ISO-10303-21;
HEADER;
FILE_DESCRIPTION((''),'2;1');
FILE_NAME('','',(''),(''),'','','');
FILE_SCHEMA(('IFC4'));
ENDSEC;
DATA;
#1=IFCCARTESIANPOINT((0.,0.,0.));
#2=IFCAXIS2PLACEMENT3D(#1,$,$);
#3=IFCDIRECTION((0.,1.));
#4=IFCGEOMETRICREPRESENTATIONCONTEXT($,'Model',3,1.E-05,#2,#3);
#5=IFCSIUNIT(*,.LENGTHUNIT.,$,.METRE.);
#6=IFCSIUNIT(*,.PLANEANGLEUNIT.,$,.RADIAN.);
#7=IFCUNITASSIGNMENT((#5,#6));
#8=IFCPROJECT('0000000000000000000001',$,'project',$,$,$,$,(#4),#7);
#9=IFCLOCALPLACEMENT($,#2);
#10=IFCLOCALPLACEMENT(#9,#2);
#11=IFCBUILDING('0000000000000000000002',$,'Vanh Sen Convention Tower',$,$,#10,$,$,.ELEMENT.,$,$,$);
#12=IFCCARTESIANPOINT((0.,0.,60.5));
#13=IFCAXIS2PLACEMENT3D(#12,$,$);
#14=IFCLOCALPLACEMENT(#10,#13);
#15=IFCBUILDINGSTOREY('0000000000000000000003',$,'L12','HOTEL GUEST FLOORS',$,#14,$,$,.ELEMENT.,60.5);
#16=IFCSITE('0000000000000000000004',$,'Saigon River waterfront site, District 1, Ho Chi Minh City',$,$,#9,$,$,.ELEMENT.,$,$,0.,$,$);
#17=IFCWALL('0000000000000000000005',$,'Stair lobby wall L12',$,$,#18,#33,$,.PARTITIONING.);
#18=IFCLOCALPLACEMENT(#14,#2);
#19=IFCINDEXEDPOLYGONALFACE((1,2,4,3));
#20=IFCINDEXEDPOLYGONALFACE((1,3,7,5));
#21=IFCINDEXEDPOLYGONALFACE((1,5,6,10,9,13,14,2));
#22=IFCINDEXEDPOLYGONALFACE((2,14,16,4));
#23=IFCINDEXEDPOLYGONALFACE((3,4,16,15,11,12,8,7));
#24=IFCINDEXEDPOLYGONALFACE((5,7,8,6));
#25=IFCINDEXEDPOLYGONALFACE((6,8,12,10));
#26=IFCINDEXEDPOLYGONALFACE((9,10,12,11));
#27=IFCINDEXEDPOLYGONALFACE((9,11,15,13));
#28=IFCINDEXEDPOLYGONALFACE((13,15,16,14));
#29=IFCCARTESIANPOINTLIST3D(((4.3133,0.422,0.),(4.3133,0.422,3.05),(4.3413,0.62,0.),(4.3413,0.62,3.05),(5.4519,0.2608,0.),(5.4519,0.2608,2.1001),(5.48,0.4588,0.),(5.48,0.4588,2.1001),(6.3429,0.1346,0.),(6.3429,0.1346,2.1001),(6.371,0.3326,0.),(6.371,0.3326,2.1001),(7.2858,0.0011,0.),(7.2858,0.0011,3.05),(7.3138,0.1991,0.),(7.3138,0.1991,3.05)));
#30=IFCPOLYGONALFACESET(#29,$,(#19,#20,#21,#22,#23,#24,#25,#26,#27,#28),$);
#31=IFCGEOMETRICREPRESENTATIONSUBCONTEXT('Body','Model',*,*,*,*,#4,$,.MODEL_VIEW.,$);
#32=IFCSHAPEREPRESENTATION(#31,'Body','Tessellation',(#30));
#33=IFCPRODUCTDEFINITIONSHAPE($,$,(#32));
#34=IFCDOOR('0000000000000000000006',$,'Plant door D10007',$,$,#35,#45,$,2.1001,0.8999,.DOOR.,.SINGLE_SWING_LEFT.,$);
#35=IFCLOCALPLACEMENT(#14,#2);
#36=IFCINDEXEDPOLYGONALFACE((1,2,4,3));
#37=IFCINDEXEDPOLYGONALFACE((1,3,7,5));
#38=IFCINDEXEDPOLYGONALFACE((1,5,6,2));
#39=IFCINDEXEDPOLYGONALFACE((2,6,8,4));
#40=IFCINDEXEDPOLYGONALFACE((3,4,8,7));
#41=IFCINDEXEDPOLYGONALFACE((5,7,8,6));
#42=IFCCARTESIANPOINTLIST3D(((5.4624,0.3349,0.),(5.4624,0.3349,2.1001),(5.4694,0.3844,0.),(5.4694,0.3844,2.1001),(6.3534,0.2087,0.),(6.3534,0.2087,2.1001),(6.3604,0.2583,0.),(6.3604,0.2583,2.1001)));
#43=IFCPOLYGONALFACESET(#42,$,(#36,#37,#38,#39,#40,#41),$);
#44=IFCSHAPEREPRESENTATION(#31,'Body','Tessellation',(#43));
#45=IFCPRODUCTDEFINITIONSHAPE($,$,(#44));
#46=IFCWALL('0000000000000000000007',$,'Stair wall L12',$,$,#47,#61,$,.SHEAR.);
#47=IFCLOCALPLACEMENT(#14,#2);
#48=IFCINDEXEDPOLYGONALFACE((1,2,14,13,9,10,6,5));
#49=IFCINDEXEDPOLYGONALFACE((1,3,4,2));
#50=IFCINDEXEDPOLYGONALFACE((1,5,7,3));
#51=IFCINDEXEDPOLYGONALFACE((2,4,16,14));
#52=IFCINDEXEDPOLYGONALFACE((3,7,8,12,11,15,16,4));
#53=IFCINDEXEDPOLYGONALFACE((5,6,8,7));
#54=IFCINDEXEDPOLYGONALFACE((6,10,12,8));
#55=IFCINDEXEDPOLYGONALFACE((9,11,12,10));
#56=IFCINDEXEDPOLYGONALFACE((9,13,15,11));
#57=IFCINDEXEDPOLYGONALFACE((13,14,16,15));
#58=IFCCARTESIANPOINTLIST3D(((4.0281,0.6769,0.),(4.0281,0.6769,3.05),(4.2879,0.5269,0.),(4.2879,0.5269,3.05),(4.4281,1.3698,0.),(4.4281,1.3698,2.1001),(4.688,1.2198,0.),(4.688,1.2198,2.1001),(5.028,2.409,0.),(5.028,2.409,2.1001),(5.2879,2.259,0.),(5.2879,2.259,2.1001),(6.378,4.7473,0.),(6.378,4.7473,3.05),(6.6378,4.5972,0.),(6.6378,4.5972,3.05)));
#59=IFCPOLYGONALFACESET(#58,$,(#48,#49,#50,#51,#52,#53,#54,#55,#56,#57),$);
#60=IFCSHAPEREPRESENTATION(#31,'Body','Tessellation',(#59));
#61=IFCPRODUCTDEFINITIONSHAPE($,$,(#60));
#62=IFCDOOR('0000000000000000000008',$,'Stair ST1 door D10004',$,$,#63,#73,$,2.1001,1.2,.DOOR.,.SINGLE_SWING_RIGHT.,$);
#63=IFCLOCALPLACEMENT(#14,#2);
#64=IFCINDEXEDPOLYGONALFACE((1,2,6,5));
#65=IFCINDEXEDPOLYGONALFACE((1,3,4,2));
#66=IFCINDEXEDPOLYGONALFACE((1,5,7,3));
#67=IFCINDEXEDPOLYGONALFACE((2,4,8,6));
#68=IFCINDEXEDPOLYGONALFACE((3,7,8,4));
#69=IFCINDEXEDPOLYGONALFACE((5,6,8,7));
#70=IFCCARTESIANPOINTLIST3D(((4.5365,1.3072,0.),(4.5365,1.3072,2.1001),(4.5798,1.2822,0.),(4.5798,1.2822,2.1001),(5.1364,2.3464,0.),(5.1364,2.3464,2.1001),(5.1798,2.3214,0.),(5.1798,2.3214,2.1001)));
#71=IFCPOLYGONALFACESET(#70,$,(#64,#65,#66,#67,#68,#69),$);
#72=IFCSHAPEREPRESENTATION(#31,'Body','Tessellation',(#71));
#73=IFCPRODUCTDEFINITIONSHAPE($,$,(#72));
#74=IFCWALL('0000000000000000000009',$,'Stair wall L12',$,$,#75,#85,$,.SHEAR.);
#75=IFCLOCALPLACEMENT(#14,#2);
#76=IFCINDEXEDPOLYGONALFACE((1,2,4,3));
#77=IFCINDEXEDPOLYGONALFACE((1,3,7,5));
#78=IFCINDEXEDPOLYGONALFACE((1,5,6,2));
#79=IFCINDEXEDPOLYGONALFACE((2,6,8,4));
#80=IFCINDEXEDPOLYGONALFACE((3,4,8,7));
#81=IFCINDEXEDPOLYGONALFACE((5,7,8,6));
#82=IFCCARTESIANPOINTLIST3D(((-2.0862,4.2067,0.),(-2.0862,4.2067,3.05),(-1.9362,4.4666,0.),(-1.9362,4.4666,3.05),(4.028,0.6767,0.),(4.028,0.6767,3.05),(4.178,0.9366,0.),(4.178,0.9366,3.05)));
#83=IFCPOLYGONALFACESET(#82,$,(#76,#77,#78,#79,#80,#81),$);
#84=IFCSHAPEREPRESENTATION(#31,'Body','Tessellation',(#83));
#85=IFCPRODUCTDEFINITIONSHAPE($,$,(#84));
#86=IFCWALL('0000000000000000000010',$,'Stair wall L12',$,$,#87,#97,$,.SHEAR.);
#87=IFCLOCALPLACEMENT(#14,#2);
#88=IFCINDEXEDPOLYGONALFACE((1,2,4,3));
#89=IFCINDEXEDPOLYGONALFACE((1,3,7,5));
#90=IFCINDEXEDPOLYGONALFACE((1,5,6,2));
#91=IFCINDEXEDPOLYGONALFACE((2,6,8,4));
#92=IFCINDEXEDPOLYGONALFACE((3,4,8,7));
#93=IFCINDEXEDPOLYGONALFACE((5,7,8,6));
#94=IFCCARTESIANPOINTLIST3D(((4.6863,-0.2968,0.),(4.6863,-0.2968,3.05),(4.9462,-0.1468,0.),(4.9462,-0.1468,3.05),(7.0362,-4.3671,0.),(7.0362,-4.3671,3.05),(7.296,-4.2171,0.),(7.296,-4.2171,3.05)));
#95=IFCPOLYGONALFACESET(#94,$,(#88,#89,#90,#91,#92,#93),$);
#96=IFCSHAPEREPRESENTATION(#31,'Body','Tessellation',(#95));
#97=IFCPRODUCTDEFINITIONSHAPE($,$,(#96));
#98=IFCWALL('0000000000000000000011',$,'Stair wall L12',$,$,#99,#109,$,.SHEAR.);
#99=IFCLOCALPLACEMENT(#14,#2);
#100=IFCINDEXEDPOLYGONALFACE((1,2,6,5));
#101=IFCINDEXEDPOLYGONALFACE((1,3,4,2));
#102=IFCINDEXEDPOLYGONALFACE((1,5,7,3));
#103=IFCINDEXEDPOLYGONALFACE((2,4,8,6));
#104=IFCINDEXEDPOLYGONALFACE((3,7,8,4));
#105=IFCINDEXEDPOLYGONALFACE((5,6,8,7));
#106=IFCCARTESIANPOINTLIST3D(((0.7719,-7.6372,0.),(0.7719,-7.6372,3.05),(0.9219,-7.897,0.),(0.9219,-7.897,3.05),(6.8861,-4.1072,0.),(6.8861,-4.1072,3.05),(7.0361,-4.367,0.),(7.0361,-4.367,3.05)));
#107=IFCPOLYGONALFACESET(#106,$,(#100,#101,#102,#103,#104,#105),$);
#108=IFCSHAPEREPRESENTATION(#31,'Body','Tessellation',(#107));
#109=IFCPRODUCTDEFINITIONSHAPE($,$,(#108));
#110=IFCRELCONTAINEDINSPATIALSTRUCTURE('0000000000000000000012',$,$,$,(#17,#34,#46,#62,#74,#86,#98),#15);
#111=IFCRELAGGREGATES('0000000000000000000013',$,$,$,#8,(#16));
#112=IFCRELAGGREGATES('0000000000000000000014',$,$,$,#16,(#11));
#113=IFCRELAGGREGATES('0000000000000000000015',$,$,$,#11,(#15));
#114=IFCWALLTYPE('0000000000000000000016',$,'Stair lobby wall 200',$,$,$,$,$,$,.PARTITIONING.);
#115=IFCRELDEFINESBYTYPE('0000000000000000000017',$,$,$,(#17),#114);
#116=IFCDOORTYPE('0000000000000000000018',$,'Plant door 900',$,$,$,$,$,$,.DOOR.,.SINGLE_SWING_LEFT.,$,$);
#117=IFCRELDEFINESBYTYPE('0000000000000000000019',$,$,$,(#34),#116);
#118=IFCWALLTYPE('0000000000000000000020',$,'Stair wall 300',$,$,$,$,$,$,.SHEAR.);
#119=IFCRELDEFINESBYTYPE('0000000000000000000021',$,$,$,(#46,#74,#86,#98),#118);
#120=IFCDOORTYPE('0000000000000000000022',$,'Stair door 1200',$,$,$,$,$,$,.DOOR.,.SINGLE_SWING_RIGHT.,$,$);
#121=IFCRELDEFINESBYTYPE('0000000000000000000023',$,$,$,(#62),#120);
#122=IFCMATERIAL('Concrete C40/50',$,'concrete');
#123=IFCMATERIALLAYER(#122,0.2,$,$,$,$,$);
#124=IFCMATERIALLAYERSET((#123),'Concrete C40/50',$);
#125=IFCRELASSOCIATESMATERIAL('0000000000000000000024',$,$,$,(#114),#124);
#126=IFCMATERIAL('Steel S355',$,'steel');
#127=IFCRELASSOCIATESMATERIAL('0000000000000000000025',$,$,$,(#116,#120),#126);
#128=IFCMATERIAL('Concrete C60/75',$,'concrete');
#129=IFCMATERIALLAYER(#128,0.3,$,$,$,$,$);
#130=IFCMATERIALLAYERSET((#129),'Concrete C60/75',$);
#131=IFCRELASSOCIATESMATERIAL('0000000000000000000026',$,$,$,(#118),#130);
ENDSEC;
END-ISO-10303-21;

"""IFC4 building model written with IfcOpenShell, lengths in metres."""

from ifc_helpers import new_model, si_unit, direction, frame, frame_2d, origin, place, context, subcontext, project, spatial, rectangle, extrude, material, layer, layer_set, type_object, element, fill, save


model = new_model("IFC4")

# Units and contexts
model_context = context("Model", 3, precision=1e-05, world=origin(), true_north=direction((0.0, 1.0)))
body_context = subcontext(model_context, "Body", "Model", "MODEL_VIEW")
ifc_project = project(units=[si_unit("LENGTHUNIT", "METRE"), si_unit("PLANEANGLEUNIT", "RADIAN")], contexts=[model_context])

# Site, building, storey
site_placement = place(None, origin())
site = spatial("IfcSite", under=ifc_project, at=site_placement, Name="Saigon River waterfront site, District 1, Ho Chi Minh City", CompositionType="ELEMENT", RefElevation=0.0)
building_placement = place(site_placement, origin())
building = spatial("IfcBuilding", under=site, at=building_placement, Name="Vanh Sen Convention Tower", CompositionType="ELEMENT")
storey_placement = place(building_placement, frame((0.0, 0.0, 60.5)))
storey = spatial("IfcBuildingStorey", under=building, at=storey_placement, Name="L12", Description="HOTEL GUEST FLOORS", CompositionType="ELEMENT", Elevation=60.5)

# Shared definitions
ifc_material_1 = material(Name="Steel S355", Category="steel")

# Shared definitions
ifc_material_2 = material(Name="Concrete C40/50", Category="concrete")

# Walls, openings, doors
ifc_layer_1 = layer(ifc_material_2, 0.2)
ifc_layer_set_1 = layer_set([ifc_layer_1], Name="Concrete C40/50")
wall_type_1 = type_object("IfcWallType", Name="Stair lobby wall 200", PredefinedType="PARTITIONING", material=ifc_layer_set_1)
wall_1_placement = place(storey_placement, frame((4.3274, 0.521, 0.0), z_axis=(0.0, 0.0, 1.0), x_axis=(0.990124, -0.140192, 0.0)))
wall_1 = element("IfcWall", 1, at=wall_1_placement, inside=storey, type_object=wall_type_1, Name="Stair lobby wall L12", PredefinedType="PARTITIONING", context=body_context, shape_type="SweptSolid", body=[
    extrude(rectangle(XDim=3.0022, YDim=0.2, at=frame_2d((1.501, 0.0))), origin(), (0.0, 0.0, 1.0), 3.05),
])
opening_1_placement = place(wall_1_placement, frame((1.1499, 0.0, 0.0)))
opening_1 = element("IfcOpeningElement", 2, at=opening_1_placement, cuts=wall_1, PredefinedType="OPENING", context=body_context, shape_type="SweptSolid", body=[
    extrude(rectangle(XDim=0.8999, YDim=2.1001, at=frame_2d((0.45, 1.05))), frame((0.0, 0.1099, 0.0), z_axis=(0.0, -1.0, 0.0), x_axis=(1.0, 0.0, 0.0)), (0.0, 0.0, 1.0), 0.22),
])
door_type_1 = type_object("IfcDoorType", Name="Plant door 900", OperationType="SINGLE_SWING_LEFT", PredefinedType="DOOR", material=ifc_material_1)
door_1_placement = place(opening_1_placement, origin())
door_1 = element("IfcDoor", 3, at=door_1_placement, inside=storey, type_object=door_type_1, Name="Plant door D10007", OperationType="SINGLE_SWING_LEFT", OverallHeight=2.1001, OverallWidth=0.8999, PredefinedType="DOOR", context=body_context, shape_type="SweptSolid", body=[
    extrude(rectangle(XDim=0.8999, YDim=2.1001, at=frame_2d((0.45, 1.05))), frame((0.0, 0.0249, 0.0), z_axis=(0.0, -1.0, 0.0), x_axis=(1.0, 0.0, 0.0)), (0.0, 0.0, 1.0), 0.05),
])
fill(opening_1, door_1)
ifc_material_3 = material(Name="Concrete C60/75", Category="concrete")
ifc_layer_2 = layer(ifc_material_3, 0.3)
ifc_layer_set_2 = layer_set([ifc_layer_2], Name="Concrete C60/75")
wall_type_2 = type_object("IfcWallType", Name="Stair wall 300", PredefinedType="SHEAR", material=ifc_layer_set_2)
wall_2_placement = place(storey_placement, frame((4.158, 0.6018, 0.0), z_axis=(0.0, 0.0, 1.0), x_axis=(0.499977, 0.866039, 0.0)))
wall_2 = element("IfcWall", 4, at=wall_2_placement, inside=storey, type_object=wall_type_2, Name="Stair wall L12", PredefinedType="SHEAR", context=body_context, shape_type="SweptSolid", body=[
    extrude(rectangle(XDim=4.7, YDim=0.3, at=frame_2d((2.3501, 0.0))), origin(), (0.0, 0.0, 1.0), 3.05),
])
opening_2_placement = place(wall_2_placement, frame((0.8, 0.0, 0.0)))
opening_2 = element("IfcOpeningElement", 5, at=opening_2_placement, cuts=wall_2, PredefinedType="OPENING", context=body_context, shape_type="SweptSolid", body=[
    extrude(rectangle(XDim=1.2, YDim=2.1001, at=frame_2d((0.6001, 1.05))), frame((0.0, 0.1599, 0.0), z_axis=(0.0, -1.0, 0.0), x_axis=(1.0, 0.0, 0.0)), (0.0, 0.0, 1.0), 0.3201),
])
door_type_2 = type_object("IfcDoorType", Name="Stair door 1200", OperationType="SINGLE_SWING_RIGHT", PredefinedType="DOOR", material=ifc_material_1)
door_2_placement = place(opening_2_placement, origin())
door_2 = element("IfcDoor", 6, at=door_2_placement, inside=storey, type_object=door_type_2, Name="Stair ST1 door D10004", OperationType="SINGLE_SWING_RIGHT", OverallHeight=2.1001, OverallWidth=1.2, PredefinedType="DOOR", context=body_context, shape_type="SweptSolid", body=[
    extrude(rectangle(XDim=1.2, YDim=2.1001, at=frame_2d((0.6001, 1.05))), frame((0.0, 0.0249, 0.0), z_axis=(0.0, -1.0, 0.0), x_axis=(1.0, 0.0, 0.0)), (0.0, 0.0, 1.0), 0.05),
])
fill(opening_2, door_2)

# Walls
wall_3_placement = place(storey_placement, frame((4.103, 0.8066, 0.0), z_axis=(0.0, 0.0, 1.0), x_axis=(-0.866028, 0.499996, 0.0)))
element("IfcWall", 7, at=wall_3_placement, inside=storey, type_object=wall_type_2, Name="Stair wall L12", PredefinedType="SHEAR", context=body_context, shape_type="SweptSolid", body=[
    extrude(rectangle(XDim=7.0601, YDim=0.3, at=frame_2d((3.53, 0.0))), origin(), (0.0, 0.0, 1.0), 3.05),
])
wall_4_placement = place(storey_placement, frame((4.8162, -0.2217, 0.0), z_axis=(0.0, 0.0, 1.0), x_axis=(0.499977, -0.866039, 0.0)))
element("IfcWall", 8, at=wall_4_placement, inside=storey, type_object=wall_type_2, Name="Stair wall L12", PredefinedType="SHEAR", context=body_context, shape_type="SweptSolid", body=[
    extrude(rectangle(XDim=4.7, YDim=0.3, at=frame_2d((2.3501, 0.0))), origin(), (0.0, 0.0, 1.0), 3.05),
])
wall_5_placement = place(storey_placement, frame((0.8469, -7.7671, 0.0), z_axis=(0.0, 0.0, 1.0), x_axis=(0.866028, 0.499996, 0.0)))
element("IfcWall", 9, at=wall_5_placement, inside=storey, type_object=wall_type_2, Name="Stair wall L12", PredefinedType="SHEAR", context=body_context, shape_type="SweptSolid", body=[
    extrude(rectangle(XDim=7.0601, YDim=0.3, at=frame_2d((3.53, 0.0))), origin(), (0.0, 0.0, 1.0), 3.05),
])

save(model, "model.ifc")
